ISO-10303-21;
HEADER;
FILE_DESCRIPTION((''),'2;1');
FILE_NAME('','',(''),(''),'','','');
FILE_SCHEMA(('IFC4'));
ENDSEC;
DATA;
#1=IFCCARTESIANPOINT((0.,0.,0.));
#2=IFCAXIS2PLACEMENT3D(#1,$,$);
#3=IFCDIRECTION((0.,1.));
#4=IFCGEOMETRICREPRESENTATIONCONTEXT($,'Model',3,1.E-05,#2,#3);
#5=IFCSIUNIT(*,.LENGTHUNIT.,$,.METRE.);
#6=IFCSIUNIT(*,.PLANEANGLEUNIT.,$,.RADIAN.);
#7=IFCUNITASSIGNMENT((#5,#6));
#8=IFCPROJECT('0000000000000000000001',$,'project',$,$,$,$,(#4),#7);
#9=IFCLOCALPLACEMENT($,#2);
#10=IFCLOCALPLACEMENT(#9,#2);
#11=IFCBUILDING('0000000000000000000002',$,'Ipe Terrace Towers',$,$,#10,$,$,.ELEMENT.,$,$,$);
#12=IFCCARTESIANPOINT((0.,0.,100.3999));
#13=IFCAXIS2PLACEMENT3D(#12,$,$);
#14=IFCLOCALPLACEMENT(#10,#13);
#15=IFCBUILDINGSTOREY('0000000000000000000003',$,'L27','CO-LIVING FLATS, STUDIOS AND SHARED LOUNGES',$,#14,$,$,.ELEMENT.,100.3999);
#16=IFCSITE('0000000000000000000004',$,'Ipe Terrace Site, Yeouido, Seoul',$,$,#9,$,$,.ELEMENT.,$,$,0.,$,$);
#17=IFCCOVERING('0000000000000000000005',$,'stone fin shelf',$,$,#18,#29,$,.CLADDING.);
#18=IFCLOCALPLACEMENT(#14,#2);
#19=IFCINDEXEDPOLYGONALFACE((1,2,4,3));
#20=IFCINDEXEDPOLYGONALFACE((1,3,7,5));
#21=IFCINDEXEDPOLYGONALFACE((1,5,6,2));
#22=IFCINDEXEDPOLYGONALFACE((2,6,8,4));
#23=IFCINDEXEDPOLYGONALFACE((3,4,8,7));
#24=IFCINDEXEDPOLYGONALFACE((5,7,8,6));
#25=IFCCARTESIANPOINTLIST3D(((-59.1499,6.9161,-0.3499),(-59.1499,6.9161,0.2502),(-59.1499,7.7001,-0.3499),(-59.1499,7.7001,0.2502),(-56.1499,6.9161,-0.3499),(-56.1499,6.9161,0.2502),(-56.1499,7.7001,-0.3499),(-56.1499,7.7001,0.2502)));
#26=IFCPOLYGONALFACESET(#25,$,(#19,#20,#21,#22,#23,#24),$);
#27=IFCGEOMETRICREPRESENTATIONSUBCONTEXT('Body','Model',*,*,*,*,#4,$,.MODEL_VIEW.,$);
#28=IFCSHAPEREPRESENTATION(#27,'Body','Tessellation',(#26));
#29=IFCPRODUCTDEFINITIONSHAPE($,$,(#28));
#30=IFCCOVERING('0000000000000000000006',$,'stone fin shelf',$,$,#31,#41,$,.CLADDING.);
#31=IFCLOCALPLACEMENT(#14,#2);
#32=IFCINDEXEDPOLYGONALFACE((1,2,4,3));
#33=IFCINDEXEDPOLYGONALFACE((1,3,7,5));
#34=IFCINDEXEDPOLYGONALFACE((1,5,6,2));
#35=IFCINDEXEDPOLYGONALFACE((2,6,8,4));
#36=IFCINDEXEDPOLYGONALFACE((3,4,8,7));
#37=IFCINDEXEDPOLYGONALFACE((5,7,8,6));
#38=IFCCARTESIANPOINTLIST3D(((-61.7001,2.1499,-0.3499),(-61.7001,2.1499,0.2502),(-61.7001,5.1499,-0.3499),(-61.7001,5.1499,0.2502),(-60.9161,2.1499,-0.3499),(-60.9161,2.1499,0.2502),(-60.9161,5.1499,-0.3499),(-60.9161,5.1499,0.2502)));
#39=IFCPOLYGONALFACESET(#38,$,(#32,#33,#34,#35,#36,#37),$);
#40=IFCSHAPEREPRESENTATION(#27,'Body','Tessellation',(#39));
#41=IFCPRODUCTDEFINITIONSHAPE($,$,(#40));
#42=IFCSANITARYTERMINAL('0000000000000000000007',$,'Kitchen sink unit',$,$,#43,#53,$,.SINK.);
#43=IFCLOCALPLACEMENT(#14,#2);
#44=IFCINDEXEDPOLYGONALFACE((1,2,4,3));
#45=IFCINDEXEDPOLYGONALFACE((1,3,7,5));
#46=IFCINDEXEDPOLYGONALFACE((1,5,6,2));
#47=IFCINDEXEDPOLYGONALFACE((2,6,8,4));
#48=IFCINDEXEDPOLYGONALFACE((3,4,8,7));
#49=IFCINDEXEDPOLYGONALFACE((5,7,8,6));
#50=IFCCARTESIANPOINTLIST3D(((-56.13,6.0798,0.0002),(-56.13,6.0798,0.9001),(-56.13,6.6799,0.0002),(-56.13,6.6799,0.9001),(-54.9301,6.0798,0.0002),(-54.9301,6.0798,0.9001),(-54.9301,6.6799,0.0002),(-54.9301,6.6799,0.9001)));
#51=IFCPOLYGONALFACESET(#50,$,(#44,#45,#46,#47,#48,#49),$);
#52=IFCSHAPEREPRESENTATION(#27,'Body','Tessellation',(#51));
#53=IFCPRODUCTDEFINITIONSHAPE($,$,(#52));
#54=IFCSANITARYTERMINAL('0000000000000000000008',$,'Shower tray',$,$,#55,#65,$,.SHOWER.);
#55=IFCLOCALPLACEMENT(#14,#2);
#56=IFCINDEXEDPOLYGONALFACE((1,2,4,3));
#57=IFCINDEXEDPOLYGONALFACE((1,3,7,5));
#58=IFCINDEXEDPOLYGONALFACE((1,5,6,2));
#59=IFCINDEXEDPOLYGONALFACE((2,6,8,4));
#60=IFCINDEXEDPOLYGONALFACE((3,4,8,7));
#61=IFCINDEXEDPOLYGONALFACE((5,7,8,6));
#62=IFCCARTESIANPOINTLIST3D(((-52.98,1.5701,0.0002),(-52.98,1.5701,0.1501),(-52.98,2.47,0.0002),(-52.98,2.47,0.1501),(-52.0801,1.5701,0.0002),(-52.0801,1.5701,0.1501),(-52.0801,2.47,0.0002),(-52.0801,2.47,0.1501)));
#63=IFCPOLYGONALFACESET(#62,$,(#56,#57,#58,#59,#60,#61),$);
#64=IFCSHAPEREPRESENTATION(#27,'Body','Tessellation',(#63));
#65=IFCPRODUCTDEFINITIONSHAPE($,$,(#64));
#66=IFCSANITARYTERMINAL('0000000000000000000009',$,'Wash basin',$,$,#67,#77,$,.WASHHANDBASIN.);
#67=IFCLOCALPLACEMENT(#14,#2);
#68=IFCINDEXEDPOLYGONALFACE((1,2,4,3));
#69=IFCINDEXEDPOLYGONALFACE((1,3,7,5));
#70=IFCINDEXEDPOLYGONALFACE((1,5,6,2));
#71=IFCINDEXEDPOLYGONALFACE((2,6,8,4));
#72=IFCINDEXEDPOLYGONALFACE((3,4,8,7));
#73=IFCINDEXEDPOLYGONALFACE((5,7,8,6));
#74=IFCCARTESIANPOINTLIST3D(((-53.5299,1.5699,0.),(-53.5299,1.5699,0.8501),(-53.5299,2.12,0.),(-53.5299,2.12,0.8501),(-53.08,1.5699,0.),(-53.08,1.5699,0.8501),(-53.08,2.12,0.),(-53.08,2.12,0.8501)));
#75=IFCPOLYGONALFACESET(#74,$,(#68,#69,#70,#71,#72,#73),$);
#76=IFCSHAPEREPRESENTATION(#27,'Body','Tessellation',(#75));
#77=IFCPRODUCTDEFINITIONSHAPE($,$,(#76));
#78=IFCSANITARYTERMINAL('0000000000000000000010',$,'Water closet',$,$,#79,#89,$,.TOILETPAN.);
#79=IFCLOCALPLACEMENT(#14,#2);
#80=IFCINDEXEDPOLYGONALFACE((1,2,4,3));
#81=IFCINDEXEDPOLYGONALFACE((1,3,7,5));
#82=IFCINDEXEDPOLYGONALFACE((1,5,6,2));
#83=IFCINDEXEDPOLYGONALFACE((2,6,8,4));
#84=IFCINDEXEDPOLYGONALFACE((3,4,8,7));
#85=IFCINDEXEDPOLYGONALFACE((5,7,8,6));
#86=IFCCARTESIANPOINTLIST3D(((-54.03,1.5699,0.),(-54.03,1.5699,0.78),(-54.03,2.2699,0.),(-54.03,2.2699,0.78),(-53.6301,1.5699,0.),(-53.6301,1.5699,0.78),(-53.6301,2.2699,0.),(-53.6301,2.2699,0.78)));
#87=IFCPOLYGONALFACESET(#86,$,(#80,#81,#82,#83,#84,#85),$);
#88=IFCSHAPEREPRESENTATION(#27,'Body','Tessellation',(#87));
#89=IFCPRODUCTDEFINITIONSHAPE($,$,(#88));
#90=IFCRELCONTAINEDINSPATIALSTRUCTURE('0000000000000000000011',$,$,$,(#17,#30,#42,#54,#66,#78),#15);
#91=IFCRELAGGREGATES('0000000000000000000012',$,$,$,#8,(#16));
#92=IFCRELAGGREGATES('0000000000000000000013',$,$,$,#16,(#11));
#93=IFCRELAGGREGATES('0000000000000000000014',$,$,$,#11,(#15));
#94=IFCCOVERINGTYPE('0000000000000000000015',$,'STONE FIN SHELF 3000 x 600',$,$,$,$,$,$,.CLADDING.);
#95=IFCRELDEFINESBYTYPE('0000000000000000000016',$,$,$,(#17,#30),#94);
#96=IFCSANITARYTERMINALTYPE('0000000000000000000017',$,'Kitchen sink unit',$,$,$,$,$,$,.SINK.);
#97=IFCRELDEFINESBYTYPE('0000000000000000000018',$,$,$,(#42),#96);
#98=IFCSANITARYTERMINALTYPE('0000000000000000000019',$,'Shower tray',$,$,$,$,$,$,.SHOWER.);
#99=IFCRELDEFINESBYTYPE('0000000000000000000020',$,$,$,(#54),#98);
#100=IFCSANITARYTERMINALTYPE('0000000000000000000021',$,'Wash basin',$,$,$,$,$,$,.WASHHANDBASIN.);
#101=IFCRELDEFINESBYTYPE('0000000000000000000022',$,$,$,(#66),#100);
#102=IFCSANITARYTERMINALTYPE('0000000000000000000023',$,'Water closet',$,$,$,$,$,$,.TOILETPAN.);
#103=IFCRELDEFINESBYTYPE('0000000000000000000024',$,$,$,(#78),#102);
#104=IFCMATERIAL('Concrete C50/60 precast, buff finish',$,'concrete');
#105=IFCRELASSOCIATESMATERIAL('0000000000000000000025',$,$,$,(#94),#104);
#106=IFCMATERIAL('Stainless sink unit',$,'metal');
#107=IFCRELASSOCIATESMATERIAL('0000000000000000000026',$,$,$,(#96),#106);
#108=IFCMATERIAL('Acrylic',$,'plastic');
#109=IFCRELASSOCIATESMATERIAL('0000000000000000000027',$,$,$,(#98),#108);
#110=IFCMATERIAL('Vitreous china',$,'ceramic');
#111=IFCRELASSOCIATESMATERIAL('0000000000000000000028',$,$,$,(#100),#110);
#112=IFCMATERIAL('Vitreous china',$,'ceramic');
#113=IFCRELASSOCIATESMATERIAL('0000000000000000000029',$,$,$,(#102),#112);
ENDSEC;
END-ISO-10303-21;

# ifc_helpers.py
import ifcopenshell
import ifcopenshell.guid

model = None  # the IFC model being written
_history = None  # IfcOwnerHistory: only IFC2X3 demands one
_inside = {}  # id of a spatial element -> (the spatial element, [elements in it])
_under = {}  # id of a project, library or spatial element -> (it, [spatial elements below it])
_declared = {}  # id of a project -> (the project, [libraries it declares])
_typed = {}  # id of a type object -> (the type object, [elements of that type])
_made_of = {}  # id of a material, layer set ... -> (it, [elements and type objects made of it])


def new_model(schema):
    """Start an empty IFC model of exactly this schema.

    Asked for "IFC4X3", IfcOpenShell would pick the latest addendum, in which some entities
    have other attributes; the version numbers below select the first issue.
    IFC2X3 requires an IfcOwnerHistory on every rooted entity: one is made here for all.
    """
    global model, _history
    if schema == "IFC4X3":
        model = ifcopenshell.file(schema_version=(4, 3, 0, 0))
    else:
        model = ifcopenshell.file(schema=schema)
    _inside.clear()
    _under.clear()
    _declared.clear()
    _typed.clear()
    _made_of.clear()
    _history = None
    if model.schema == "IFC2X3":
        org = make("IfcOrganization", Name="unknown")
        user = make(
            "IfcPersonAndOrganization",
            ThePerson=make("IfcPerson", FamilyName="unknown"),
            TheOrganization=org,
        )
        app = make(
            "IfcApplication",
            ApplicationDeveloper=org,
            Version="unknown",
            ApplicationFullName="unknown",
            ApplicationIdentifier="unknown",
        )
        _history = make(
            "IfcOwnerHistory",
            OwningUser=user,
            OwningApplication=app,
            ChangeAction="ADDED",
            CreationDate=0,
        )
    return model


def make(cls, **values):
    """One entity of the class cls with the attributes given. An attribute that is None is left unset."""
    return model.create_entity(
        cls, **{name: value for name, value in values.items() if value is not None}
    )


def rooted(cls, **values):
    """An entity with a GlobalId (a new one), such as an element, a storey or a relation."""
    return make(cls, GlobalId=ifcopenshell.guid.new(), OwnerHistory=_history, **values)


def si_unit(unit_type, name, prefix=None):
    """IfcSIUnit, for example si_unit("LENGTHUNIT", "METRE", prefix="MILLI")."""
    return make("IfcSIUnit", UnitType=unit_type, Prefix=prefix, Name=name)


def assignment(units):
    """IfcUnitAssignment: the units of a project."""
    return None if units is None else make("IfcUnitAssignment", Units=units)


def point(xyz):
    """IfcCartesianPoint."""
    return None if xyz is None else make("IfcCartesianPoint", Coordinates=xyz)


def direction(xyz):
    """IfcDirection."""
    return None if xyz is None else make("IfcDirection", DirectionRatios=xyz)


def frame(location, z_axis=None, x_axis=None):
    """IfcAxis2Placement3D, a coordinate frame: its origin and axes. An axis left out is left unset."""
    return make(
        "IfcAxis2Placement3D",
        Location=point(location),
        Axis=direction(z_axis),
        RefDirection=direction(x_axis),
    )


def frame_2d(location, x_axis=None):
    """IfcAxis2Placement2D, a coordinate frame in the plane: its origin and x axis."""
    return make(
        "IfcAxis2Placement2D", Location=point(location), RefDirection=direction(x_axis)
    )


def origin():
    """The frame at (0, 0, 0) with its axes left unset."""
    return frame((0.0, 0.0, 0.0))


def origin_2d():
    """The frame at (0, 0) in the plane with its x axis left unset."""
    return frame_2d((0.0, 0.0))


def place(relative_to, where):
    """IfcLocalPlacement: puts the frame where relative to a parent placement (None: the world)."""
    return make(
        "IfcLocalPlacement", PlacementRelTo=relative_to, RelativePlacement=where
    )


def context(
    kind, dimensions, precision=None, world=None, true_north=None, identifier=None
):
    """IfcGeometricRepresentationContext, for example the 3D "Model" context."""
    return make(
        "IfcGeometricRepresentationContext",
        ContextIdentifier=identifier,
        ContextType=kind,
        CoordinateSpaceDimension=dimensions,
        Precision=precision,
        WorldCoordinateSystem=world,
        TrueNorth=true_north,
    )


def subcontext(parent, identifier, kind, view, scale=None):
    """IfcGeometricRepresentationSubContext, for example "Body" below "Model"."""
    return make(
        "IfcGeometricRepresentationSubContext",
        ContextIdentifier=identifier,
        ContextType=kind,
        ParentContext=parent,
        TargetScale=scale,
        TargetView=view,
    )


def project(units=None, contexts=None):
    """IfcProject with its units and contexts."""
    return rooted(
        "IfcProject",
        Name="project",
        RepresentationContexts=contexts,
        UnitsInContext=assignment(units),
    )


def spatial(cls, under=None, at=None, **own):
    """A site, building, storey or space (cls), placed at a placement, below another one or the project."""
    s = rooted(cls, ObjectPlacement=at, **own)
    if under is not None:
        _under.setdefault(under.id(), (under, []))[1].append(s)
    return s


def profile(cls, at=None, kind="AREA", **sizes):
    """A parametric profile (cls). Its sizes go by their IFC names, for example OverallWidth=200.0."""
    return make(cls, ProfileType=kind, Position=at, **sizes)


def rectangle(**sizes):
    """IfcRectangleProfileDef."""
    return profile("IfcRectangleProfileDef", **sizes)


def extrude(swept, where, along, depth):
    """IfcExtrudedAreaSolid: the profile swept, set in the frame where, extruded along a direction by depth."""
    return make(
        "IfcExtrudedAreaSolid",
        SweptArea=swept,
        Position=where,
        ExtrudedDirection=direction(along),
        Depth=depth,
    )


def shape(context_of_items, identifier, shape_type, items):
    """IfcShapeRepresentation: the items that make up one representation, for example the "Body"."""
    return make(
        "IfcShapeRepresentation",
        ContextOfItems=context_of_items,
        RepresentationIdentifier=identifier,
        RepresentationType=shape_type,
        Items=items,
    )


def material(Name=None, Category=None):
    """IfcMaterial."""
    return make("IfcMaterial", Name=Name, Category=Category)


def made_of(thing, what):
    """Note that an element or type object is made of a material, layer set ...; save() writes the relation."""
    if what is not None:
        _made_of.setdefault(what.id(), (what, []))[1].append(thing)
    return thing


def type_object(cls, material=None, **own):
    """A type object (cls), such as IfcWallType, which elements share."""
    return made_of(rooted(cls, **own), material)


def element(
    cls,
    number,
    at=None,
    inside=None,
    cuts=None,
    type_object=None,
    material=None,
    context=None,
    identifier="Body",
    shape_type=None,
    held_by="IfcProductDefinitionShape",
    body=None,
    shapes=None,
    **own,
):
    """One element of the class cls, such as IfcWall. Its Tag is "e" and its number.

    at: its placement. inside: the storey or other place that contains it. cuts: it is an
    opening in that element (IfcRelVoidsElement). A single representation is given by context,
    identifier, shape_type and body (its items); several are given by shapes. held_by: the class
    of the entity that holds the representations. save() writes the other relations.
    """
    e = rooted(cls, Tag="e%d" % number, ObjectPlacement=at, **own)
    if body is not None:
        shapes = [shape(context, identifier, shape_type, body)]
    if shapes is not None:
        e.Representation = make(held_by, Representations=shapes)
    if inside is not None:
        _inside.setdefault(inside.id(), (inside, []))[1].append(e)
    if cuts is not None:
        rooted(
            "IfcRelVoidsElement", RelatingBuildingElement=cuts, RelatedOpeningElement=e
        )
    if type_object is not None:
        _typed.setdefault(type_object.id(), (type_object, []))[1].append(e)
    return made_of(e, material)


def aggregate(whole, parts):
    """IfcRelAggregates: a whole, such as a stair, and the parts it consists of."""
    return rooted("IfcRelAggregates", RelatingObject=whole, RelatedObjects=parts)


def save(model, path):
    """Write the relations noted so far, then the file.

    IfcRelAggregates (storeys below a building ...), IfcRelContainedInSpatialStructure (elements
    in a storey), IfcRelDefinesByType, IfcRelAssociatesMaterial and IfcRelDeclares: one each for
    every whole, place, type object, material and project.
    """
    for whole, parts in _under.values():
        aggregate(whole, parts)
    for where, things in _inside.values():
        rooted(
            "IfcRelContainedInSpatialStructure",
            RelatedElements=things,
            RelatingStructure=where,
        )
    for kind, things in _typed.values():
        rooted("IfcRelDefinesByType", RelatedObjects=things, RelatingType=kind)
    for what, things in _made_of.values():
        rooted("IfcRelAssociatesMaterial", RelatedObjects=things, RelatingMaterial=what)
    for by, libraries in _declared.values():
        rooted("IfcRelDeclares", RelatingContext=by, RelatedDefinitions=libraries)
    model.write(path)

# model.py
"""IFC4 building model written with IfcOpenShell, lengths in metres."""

from ifc_helpers import new_model, si_unit, direction, frame, origin, origin_2d, place, context, subcontext, project, spatial, rectangle, extrude, material, type_object, element, save


model = new_model("IFC4")

# Units and contexts
model_context = context("Model", 3, precision=1e-05, world=origin(), true_north=direction((0.0, 1.0)))
body_context = subcontext(model_context, "Body", "Model", "MODEL_VIEW")
ifc_project = project(units=[si_unit("LENGTHUNIT", "METRE"), si_unit("PLANEANGLEUNIT", "RADIAN")], contexts=[model_context])

# Site, building, storey
site_placement = place(None, origin())
site = spatial("IfcSite", under=ifc_project, at=site_placement, Name="Ipe Terrace Site, Yeouido, Seoul", CompositionType="ELEMENT", RefElevation=0.0)
building_placement = place(site_placement, origin())
building = spatial("IfcBuilding", under=site, at=building_placement, Name="Ipe Terrace Towers", CompositionType="ELEMENT")
storey_placement = place(building_placement, frame((0.0, 0.0, 100.3999)))
storey = spatial("IfcBuildingStorey", under=building, at=storey_placement, Name="L27", Description="CO-LIVING FLATS, STUDIOS AND SHARED LOUNGES", CompositionType="ELEMENT", Elevation=100.3999)

# Coverings
ifc_material_1 = material(Name="Concrete C50/60 precast, buff finish", Category="concrete")
covering_type_1 = type_object("IfcCoveringType", Name="STONE FIN SHELF 3000 x 600", PredefinedType="CLADDING", material=ifc_material_1)
for number, where, z_axis, x_axis, name in (
    (1, (-57.6499, 7.3081, -0.3499), (0.0, 0.0, 1.0), (-1.0, 0.0, 0.0), "stone fin shelf"),
    (2, (-61.3081, 3.6499, -0.3499), (0.0, 0.0, 1.0), (0.0, -1.0, 0.0), "stone fin shelf"),
):
    element("IfcCovering", number, at=place(storey_placement, frame(where, z_axis=z_axis, x_axis=x_axis)), inside=storey, type_object=covering_type_1, Name=name, PredefinedType="CLADDING", context=body_context, shape_type="SweptSolid", body=[
        extrude(rectangle(XDim=3.0, YDim=0.7839, at=origin_2d()), origin(), (0.0, 0.0, 1.0), 0.6001),
    ])

# Sanitary terminals
ifc_material_2 = material(Name="Stainless sink unit", Category="metal")
sanitary_terminal_type_1 = type_object("IfcSanitaryTerminalType", Name="Kitchen sink unit", PredefinedType="SINK", material=ifc_material_2)
sanitary_terminal_1_placement = place(storey_placement, frame((-55.53, 6.3799, 0.0002), z_axis=(0.0, 0.0, 1.0), x_axis=(1.0, 0.0, 0.0)))
element("IfcSanitaryTerminal", 3, at=sanitary_terminal_1_placement, inside=storey, type_object=sanitary_terminal_type_1, Name="Kitchen sink unit", PredefinedType="SINK", context=body_context, shape_type="SweptSolid", body=[
    extrude(rectangle(XDim=1.2, YDim=0.6001, at=origin_2d()), origin(), (0.0, 0.0, 1.0), 0.8999),
])
ifc_material_3 = material(Name="Acrylic", Category="plastic")
sanitary_terminal_type_2 = type_object("IfcSanitaryTerminalType", Name="Shower tray", PredefinedType="SHOWER", material=ifc_material_3)
sanitary_terminal_2_placement = place(storey_placement, frame((-52.53, 2.02, 0.0002), z_axis=(0.0, 0.0, 1.0), x_axis=(0.0, 1.0, 0.0)))
element("IfcSanitaryTerminal", 4, at=sanitary_terminal_2_placement, inside=storey, type_object=sanitary_terminal_type_2, Name="Shower tray", PredefinedType="SHOWER", context=body_context, shape_type="SweptSolid", body=[
    extrude(rectangle(XDim=0.8999, YDim=0.8999, at=origin_2d()), origin(), (0.0, 0.0, 1.0), 0.1499),
])
ifc_material_4 = material(Name="Vitreous china", Category="ceramic")
sanitary_terminal_type_3 = type_object("IfcSanitaryTerminalType", Name="Wash basin", PredefinedType="WASHHANDBASIN", material=ifc_material_4)
sanitary_terminal_3_placement = place(storey_placement, frame((-53.3049, 1.845, 0.0), z_axis=(0.0, 0.0, 1.0), x_axis=(0.0, 1.0, 0.0)))
element("IfcSanitaryTerminal", 5, at=sanitary_terminal_3_placement, inside=storey, type_object=sanitary_terminal_type_3, Name="Wash basin", PredefinedType="WASHHANDBASIN", context=body_context, shape_type="SweptSolid", body=[
    extrude(rectangle(XDim=0.55, YDim=0.45, at=origin_2d()), origin(), (0.0, 0.0, 1.0), 0.8501),
])
ifc_material_5 = material(Name="Vitreous china", Category="ceramic")
sanitary_terminal_type_4 = type_object("IfcSanitaryTerminalType", Name="Water closet", PredefinedType="TOILETPAN", material=ifc_material_5)
sanitary_terminal_4_placement = place(storey_placement, frame((-53.8301, 1.9199, 0.0), z_axis=(0.0, 0.0, 1.0), x_axis=(0.0, 1.0, 0.0)))
element("IfcSanitaryTerminal", 6, at=sanitary_terminal_4_placement, inside=storey, type_object=sanitary_terminal_type_4, Name="Water closet", PredefinedType="TOILETPAN", context=body_context, shape_type="SweptSolid", body=[
    extrude(rectangle(XDim=0.7, YDim=0.3999, at=origin_2d()), origin(), (0.0, 0.0, 1.0), 0.78),
])

save(model, "model.ifc")
